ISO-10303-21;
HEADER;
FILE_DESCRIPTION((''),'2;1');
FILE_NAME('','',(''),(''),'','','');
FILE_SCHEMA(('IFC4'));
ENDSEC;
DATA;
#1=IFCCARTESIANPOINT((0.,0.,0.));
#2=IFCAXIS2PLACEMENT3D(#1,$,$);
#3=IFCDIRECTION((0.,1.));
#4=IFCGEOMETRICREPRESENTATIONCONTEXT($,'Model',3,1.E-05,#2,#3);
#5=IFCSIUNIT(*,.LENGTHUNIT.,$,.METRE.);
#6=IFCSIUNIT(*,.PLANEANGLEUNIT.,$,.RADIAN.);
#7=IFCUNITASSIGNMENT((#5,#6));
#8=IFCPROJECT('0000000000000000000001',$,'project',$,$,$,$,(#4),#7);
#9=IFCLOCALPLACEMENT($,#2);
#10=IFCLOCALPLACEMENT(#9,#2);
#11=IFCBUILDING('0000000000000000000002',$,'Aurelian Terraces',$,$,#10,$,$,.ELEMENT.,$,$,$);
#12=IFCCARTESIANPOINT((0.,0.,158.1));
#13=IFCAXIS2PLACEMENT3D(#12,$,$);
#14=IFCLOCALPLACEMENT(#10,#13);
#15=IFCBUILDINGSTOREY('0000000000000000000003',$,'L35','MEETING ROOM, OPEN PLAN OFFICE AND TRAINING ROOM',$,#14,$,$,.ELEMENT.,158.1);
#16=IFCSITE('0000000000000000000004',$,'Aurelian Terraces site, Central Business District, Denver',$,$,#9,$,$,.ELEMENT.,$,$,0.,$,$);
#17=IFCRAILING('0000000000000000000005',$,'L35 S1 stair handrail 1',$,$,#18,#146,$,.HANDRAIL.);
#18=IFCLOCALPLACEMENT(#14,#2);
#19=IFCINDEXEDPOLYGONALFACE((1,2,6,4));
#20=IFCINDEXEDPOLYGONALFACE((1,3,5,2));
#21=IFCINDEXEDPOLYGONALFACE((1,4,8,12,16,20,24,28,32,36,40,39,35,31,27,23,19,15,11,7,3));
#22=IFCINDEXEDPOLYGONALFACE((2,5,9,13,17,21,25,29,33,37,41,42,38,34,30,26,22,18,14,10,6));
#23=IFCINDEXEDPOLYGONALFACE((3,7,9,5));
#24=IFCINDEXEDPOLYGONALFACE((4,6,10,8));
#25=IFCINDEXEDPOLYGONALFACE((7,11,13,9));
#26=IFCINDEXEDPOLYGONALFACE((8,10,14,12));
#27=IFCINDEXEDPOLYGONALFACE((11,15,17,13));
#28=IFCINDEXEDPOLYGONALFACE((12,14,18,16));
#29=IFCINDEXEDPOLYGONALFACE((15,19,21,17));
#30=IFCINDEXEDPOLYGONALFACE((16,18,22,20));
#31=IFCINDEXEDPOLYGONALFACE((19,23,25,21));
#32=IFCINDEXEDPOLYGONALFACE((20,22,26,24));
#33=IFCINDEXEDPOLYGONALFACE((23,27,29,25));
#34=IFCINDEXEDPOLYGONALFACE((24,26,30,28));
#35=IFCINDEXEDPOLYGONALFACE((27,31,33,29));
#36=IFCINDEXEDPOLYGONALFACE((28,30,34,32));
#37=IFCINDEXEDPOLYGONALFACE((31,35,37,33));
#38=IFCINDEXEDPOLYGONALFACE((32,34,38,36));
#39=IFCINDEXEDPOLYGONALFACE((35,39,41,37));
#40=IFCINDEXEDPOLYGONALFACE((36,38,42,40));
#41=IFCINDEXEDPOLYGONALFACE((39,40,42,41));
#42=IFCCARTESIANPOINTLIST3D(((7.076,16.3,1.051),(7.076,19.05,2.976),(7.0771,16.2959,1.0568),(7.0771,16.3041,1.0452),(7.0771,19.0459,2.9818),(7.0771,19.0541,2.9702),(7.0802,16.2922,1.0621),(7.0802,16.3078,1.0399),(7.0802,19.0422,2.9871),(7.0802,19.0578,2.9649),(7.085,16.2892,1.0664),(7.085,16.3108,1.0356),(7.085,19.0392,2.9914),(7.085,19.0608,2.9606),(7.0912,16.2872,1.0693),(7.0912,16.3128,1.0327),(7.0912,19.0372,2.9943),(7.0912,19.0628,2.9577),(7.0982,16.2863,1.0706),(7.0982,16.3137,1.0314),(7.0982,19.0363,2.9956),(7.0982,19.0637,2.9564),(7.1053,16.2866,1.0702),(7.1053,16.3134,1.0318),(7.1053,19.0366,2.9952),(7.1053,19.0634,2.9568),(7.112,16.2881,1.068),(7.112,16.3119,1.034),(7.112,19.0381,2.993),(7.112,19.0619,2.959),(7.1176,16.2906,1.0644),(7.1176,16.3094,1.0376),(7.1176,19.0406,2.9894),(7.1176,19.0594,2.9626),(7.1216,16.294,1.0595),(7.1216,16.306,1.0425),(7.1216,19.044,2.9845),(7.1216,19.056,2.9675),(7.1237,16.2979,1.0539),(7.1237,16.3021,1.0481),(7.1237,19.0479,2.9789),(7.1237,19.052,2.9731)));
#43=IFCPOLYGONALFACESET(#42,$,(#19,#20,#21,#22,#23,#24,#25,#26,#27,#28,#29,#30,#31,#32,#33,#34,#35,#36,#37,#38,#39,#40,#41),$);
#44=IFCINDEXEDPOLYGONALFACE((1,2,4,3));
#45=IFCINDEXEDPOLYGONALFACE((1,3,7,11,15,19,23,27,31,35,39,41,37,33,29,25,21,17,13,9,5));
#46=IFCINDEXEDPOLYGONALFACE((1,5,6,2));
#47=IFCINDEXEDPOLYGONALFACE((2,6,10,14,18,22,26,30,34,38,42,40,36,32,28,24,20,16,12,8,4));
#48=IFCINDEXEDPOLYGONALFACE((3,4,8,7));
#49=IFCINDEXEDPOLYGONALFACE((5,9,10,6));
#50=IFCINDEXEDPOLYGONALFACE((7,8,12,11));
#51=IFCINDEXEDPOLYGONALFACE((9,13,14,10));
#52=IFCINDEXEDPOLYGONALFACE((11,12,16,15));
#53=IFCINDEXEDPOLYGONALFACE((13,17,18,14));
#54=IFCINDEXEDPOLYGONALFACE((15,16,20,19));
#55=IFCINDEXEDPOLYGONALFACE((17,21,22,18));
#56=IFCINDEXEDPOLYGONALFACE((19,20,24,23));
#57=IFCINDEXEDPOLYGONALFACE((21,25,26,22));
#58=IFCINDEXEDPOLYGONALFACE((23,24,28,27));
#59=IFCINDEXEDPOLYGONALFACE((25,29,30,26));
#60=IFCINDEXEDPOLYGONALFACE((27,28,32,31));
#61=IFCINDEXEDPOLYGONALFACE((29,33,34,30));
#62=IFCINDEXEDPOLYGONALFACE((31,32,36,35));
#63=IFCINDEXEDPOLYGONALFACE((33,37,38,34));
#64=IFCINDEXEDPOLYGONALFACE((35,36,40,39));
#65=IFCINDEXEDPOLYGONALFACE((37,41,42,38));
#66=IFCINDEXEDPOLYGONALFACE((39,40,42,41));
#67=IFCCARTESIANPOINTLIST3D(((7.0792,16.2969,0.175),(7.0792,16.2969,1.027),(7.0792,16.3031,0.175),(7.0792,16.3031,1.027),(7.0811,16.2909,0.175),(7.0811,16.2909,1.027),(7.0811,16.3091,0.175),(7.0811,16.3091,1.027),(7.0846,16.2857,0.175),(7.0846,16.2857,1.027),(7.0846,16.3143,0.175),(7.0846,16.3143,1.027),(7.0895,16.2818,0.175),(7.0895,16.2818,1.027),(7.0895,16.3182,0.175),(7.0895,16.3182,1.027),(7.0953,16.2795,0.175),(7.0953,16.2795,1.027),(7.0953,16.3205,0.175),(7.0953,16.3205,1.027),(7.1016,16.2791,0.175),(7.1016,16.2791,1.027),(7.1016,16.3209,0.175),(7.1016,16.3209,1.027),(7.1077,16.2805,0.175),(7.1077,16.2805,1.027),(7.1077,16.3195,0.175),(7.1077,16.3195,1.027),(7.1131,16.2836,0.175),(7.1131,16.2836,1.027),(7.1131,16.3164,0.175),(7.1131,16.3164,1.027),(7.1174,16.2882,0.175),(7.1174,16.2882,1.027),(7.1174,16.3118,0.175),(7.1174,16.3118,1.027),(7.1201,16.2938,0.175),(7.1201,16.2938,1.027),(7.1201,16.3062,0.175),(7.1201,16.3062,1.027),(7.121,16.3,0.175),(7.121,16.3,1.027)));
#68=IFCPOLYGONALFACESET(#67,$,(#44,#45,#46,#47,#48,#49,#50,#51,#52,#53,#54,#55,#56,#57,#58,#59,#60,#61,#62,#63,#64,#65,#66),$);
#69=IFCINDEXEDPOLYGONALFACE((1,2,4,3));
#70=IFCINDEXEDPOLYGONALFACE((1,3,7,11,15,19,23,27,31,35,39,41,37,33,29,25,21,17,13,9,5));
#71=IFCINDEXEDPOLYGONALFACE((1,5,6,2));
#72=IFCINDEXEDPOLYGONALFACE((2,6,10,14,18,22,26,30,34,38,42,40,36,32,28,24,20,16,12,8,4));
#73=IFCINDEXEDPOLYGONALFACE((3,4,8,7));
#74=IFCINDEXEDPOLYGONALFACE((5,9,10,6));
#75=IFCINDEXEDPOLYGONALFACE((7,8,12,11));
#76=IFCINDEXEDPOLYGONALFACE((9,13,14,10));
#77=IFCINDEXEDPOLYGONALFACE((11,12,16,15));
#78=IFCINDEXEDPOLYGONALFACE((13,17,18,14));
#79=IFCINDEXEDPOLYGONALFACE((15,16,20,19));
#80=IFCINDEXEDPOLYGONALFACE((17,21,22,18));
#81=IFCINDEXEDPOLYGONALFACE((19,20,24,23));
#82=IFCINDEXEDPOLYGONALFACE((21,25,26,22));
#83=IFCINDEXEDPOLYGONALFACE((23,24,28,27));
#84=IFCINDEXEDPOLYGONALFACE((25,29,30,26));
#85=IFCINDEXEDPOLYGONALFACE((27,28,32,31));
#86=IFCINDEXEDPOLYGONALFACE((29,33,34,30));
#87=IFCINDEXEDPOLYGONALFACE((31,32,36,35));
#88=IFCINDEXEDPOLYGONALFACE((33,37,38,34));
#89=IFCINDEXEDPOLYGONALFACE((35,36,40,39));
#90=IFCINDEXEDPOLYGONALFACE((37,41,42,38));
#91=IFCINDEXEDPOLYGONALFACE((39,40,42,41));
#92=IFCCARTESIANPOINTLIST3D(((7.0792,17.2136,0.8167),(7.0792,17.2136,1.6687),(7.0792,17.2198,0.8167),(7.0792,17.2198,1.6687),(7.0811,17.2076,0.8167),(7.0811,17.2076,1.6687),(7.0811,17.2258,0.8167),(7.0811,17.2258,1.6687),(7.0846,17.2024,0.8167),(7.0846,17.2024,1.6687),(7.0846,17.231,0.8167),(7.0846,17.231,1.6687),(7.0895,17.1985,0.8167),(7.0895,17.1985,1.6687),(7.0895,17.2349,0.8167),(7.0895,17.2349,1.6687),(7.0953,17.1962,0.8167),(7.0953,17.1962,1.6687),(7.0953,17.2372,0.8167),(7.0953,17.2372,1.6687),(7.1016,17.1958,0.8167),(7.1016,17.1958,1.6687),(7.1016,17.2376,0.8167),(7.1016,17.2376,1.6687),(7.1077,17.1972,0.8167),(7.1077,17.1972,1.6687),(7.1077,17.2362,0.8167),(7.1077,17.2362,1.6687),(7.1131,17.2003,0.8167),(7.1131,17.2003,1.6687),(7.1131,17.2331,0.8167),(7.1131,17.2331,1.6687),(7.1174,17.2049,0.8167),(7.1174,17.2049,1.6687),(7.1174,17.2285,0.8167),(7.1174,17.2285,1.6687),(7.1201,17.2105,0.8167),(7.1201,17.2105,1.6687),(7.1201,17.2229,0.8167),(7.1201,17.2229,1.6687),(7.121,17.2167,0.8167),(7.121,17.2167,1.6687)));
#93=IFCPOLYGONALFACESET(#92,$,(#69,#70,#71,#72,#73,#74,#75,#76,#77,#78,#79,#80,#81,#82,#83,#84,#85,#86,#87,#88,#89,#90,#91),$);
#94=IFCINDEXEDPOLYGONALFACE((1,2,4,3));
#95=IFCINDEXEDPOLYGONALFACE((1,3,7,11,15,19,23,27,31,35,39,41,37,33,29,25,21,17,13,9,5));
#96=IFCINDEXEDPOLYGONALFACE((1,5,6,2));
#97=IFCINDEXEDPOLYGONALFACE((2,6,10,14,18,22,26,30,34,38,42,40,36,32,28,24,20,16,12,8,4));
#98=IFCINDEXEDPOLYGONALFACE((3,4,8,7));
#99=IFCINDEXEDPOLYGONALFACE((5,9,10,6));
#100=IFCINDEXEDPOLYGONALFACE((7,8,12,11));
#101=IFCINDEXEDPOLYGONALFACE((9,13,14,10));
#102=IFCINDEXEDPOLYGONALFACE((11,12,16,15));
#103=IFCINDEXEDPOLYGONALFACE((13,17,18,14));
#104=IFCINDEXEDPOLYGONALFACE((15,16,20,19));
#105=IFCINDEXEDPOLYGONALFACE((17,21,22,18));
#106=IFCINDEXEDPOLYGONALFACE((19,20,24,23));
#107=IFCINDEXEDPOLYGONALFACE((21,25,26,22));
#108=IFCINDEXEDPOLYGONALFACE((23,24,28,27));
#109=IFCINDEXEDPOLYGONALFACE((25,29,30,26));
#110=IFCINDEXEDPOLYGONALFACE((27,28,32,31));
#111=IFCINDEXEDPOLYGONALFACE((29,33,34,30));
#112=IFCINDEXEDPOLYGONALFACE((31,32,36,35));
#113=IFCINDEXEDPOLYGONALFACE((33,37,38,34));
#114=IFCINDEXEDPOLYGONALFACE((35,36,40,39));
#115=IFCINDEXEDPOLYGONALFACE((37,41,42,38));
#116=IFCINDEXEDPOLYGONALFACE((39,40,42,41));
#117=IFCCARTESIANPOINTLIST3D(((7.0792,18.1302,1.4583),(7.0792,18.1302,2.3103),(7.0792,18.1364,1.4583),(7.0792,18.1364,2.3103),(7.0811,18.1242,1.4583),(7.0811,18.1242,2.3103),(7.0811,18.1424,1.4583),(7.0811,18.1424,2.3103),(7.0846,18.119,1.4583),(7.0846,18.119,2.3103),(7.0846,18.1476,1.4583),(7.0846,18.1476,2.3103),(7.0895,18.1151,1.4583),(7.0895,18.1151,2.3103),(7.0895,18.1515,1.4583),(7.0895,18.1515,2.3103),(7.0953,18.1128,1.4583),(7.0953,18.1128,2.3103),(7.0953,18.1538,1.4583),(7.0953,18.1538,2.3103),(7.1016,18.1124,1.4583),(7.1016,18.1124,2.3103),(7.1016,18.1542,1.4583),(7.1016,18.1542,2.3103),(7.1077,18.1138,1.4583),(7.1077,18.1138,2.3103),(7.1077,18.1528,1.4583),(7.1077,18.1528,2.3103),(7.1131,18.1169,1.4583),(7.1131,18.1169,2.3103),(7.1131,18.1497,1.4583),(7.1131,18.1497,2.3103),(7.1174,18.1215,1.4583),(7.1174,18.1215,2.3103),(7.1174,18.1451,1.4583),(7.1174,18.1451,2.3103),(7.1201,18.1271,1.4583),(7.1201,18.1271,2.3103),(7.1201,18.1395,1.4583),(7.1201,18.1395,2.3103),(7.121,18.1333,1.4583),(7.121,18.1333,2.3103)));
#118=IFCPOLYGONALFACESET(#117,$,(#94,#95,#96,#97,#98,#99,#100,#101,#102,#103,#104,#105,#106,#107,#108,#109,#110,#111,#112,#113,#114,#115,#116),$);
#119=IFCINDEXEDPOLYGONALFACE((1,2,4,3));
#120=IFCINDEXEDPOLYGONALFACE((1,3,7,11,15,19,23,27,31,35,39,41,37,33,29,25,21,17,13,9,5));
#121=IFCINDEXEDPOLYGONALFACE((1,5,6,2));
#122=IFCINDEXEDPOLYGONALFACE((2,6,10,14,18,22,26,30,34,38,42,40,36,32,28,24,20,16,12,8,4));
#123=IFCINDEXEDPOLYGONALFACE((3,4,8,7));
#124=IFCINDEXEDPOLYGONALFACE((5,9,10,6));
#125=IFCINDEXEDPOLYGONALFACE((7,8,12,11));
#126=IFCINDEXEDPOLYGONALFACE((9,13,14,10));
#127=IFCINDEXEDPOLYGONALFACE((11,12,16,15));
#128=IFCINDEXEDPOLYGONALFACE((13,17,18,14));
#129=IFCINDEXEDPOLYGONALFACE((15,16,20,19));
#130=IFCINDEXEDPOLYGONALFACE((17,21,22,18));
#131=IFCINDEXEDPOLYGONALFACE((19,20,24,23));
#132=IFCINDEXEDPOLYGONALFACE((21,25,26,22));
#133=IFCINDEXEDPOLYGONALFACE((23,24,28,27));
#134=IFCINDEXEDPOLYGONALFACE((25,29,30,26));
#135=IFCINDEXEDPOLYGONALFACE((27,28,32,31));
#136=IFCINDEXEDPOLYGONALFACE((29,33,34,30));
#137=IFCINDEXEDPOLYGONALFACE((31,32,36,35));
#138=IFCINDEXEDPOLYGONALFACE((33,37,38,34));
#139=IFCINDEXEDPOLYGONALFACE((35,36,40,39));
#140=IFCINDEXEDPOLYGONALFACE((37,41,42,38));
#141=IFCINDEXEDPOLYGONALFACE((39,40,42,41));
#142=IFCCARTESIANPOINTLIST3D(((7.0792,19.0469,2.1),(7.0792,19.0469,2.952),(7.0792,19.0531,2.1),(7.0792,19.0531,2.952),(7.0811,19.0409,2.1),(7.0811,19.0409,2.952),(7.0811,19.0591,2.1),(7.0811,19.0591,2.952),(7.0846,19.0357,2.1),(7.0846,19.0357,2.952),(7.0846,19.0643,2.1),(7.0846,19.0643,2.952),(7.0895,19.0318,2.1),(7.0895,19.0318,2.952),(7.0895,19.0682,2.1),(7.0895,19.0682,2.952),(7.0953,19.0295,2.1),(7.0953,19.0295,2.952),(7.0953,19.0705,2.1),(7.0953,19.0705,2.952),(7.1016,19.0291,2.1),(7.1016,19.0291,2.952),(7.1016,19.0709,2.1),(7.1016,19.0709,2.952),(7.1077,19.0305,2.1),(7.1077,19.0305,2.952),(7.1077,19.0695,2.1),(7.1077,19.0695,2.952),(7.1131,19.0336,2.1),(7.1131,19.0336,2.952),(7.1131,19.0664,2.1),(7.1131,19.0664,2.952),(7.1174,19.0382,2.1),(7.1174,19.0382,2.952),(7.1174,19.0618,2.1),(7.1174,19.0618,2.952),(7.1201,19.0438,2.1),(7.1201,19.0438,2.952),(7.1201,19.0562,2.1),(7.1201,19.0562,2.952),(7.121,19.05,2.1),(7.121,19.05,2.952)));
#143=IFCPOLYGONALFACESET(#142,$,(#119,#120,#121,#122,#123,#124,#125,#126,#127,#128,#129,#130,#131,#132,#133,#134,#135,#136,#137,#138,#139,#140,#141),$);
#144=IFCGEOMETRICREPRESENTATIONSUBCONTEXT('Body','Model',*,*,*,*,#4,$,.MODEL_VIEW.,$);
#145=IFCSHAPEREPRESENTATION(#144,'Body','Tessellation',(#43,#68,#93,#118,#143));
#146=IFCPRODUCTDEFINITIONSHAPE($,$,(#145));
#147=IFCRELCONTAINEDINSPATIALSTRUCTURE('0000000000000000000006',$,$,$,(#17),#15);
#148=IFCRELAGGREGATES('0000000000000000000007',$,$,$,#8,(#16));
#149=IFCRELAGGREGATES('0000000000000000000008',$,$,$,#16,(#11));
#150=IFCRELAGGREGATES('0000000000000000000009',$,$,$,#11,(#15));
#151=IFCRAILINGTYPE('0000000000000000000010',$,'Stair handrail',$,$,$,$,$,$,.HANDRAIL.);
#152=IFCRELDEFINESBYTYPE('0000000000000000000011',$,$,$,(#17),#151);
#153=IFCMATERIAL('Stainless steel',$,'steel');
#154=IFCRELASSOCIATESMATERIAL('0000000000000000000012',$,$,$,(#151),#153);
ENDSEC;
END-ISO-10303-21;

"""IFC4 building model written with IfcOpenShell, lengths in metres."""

from ifc_helpers import new_model, si_unit, direction, frame, origin, origin_2d, place, context, subcontext, project, spatial, circle, extrude, source, transform, mapped, material, type_object, element, save


model = new_model("IFC4")

# Units and contexts
model_context = context("Model", 3, precision=1e-05, world=origin(), true_north=direction((0.0, 1.0)))
body_context = subcontext(model_context, "Body", "Model", "MODEL_VIEW")
ifc_project = project(units=[si_unit("LENGTHUNIT", "METRE"), si_unit("PLANEANGLEUNIT", "RADIAN")], contexts=[model_context])

# Site, building, storey
site_placement = place(None, origin())
site = spatial("IfcSite", under=ifc_project, at=site_placement, Name="Aurelian Terraces site, Central Business District, Denver", CompositionType="ELEMENT", RefElevation=0.0)
building_placement = place(site_placement, origin())
building = spatial("IfcBuilding", under=site, at=building_placement, Name="Aurelian Terraces", CompositionType="ELEMENT")
storey_placement = place(building_placement, frame((0.0, 0.0, 158.1)))
storey = spatial("IfcBuildingStorey", under=building, at=storey_placement, Name="L35", Description="MEETING ROOM, OPEN PLAN OFFICE AND TRAINING ROOM", CompositionType="ELEMENT", Elevation=158.1)

# Railing
ifc_material_1 = material(Name="Stainless steel", Category="steel")
railing_type_1 = type_object("IfcRailingType", Name="Stair handrail", PredefinedType="HANDRAIL", material=ifc_material_1)
shared_shape_1 = source(origin(), body_context, "Body", "SweptSolid", [
    extrude(circle(Radius=0.024, at=origin_2d()), frame((0.0, 0.0, 0.876), z_axis=(0.0, 0.819232, 0.573462), x_axis=(-1.0, 0.0, 0.0)), (0.0, 0.0, 1.0), 3.3568),
    extrude(circle(Radius=0.021, at=origin_2d()), origin(), (0.0, 0.0, 1.0), 0.852),
    extrude(circle(Radius=0.021, at=origin_2d()), frame((0.0, 0.9167, 0.6417)), (0.0, 0.0, 1.0), 0.852),
    extrude(circle(Radius=0.021, at=origin_2d()), frame((0.0, 1.8333, 1.2833)), (0.0, 0.0, 1.0), 0.852),
    extrude(circle(Radius=0.021, at=origin_2d()), frame((0.0, 2.75, 1.925)), (0.0, 0.0, 1.0), 0.852),
])
railing_1_placement = place(storey_placement, frame((7.1, 16.3, 0.175)))
element("IfcRailing", 1, at=railing_1_placement, inside=storey, type_object=railing_type_1, Name="L35 S1 stair handrail 1", PredefinedType="HANDRAIL", context=body_context, shape_type="MappedRepresentation", body=[
    mapped(shared_shape_1, transform((0.0, 0.0, 0.0), scale=1.0)),
])

save(model, "model.ifc")
